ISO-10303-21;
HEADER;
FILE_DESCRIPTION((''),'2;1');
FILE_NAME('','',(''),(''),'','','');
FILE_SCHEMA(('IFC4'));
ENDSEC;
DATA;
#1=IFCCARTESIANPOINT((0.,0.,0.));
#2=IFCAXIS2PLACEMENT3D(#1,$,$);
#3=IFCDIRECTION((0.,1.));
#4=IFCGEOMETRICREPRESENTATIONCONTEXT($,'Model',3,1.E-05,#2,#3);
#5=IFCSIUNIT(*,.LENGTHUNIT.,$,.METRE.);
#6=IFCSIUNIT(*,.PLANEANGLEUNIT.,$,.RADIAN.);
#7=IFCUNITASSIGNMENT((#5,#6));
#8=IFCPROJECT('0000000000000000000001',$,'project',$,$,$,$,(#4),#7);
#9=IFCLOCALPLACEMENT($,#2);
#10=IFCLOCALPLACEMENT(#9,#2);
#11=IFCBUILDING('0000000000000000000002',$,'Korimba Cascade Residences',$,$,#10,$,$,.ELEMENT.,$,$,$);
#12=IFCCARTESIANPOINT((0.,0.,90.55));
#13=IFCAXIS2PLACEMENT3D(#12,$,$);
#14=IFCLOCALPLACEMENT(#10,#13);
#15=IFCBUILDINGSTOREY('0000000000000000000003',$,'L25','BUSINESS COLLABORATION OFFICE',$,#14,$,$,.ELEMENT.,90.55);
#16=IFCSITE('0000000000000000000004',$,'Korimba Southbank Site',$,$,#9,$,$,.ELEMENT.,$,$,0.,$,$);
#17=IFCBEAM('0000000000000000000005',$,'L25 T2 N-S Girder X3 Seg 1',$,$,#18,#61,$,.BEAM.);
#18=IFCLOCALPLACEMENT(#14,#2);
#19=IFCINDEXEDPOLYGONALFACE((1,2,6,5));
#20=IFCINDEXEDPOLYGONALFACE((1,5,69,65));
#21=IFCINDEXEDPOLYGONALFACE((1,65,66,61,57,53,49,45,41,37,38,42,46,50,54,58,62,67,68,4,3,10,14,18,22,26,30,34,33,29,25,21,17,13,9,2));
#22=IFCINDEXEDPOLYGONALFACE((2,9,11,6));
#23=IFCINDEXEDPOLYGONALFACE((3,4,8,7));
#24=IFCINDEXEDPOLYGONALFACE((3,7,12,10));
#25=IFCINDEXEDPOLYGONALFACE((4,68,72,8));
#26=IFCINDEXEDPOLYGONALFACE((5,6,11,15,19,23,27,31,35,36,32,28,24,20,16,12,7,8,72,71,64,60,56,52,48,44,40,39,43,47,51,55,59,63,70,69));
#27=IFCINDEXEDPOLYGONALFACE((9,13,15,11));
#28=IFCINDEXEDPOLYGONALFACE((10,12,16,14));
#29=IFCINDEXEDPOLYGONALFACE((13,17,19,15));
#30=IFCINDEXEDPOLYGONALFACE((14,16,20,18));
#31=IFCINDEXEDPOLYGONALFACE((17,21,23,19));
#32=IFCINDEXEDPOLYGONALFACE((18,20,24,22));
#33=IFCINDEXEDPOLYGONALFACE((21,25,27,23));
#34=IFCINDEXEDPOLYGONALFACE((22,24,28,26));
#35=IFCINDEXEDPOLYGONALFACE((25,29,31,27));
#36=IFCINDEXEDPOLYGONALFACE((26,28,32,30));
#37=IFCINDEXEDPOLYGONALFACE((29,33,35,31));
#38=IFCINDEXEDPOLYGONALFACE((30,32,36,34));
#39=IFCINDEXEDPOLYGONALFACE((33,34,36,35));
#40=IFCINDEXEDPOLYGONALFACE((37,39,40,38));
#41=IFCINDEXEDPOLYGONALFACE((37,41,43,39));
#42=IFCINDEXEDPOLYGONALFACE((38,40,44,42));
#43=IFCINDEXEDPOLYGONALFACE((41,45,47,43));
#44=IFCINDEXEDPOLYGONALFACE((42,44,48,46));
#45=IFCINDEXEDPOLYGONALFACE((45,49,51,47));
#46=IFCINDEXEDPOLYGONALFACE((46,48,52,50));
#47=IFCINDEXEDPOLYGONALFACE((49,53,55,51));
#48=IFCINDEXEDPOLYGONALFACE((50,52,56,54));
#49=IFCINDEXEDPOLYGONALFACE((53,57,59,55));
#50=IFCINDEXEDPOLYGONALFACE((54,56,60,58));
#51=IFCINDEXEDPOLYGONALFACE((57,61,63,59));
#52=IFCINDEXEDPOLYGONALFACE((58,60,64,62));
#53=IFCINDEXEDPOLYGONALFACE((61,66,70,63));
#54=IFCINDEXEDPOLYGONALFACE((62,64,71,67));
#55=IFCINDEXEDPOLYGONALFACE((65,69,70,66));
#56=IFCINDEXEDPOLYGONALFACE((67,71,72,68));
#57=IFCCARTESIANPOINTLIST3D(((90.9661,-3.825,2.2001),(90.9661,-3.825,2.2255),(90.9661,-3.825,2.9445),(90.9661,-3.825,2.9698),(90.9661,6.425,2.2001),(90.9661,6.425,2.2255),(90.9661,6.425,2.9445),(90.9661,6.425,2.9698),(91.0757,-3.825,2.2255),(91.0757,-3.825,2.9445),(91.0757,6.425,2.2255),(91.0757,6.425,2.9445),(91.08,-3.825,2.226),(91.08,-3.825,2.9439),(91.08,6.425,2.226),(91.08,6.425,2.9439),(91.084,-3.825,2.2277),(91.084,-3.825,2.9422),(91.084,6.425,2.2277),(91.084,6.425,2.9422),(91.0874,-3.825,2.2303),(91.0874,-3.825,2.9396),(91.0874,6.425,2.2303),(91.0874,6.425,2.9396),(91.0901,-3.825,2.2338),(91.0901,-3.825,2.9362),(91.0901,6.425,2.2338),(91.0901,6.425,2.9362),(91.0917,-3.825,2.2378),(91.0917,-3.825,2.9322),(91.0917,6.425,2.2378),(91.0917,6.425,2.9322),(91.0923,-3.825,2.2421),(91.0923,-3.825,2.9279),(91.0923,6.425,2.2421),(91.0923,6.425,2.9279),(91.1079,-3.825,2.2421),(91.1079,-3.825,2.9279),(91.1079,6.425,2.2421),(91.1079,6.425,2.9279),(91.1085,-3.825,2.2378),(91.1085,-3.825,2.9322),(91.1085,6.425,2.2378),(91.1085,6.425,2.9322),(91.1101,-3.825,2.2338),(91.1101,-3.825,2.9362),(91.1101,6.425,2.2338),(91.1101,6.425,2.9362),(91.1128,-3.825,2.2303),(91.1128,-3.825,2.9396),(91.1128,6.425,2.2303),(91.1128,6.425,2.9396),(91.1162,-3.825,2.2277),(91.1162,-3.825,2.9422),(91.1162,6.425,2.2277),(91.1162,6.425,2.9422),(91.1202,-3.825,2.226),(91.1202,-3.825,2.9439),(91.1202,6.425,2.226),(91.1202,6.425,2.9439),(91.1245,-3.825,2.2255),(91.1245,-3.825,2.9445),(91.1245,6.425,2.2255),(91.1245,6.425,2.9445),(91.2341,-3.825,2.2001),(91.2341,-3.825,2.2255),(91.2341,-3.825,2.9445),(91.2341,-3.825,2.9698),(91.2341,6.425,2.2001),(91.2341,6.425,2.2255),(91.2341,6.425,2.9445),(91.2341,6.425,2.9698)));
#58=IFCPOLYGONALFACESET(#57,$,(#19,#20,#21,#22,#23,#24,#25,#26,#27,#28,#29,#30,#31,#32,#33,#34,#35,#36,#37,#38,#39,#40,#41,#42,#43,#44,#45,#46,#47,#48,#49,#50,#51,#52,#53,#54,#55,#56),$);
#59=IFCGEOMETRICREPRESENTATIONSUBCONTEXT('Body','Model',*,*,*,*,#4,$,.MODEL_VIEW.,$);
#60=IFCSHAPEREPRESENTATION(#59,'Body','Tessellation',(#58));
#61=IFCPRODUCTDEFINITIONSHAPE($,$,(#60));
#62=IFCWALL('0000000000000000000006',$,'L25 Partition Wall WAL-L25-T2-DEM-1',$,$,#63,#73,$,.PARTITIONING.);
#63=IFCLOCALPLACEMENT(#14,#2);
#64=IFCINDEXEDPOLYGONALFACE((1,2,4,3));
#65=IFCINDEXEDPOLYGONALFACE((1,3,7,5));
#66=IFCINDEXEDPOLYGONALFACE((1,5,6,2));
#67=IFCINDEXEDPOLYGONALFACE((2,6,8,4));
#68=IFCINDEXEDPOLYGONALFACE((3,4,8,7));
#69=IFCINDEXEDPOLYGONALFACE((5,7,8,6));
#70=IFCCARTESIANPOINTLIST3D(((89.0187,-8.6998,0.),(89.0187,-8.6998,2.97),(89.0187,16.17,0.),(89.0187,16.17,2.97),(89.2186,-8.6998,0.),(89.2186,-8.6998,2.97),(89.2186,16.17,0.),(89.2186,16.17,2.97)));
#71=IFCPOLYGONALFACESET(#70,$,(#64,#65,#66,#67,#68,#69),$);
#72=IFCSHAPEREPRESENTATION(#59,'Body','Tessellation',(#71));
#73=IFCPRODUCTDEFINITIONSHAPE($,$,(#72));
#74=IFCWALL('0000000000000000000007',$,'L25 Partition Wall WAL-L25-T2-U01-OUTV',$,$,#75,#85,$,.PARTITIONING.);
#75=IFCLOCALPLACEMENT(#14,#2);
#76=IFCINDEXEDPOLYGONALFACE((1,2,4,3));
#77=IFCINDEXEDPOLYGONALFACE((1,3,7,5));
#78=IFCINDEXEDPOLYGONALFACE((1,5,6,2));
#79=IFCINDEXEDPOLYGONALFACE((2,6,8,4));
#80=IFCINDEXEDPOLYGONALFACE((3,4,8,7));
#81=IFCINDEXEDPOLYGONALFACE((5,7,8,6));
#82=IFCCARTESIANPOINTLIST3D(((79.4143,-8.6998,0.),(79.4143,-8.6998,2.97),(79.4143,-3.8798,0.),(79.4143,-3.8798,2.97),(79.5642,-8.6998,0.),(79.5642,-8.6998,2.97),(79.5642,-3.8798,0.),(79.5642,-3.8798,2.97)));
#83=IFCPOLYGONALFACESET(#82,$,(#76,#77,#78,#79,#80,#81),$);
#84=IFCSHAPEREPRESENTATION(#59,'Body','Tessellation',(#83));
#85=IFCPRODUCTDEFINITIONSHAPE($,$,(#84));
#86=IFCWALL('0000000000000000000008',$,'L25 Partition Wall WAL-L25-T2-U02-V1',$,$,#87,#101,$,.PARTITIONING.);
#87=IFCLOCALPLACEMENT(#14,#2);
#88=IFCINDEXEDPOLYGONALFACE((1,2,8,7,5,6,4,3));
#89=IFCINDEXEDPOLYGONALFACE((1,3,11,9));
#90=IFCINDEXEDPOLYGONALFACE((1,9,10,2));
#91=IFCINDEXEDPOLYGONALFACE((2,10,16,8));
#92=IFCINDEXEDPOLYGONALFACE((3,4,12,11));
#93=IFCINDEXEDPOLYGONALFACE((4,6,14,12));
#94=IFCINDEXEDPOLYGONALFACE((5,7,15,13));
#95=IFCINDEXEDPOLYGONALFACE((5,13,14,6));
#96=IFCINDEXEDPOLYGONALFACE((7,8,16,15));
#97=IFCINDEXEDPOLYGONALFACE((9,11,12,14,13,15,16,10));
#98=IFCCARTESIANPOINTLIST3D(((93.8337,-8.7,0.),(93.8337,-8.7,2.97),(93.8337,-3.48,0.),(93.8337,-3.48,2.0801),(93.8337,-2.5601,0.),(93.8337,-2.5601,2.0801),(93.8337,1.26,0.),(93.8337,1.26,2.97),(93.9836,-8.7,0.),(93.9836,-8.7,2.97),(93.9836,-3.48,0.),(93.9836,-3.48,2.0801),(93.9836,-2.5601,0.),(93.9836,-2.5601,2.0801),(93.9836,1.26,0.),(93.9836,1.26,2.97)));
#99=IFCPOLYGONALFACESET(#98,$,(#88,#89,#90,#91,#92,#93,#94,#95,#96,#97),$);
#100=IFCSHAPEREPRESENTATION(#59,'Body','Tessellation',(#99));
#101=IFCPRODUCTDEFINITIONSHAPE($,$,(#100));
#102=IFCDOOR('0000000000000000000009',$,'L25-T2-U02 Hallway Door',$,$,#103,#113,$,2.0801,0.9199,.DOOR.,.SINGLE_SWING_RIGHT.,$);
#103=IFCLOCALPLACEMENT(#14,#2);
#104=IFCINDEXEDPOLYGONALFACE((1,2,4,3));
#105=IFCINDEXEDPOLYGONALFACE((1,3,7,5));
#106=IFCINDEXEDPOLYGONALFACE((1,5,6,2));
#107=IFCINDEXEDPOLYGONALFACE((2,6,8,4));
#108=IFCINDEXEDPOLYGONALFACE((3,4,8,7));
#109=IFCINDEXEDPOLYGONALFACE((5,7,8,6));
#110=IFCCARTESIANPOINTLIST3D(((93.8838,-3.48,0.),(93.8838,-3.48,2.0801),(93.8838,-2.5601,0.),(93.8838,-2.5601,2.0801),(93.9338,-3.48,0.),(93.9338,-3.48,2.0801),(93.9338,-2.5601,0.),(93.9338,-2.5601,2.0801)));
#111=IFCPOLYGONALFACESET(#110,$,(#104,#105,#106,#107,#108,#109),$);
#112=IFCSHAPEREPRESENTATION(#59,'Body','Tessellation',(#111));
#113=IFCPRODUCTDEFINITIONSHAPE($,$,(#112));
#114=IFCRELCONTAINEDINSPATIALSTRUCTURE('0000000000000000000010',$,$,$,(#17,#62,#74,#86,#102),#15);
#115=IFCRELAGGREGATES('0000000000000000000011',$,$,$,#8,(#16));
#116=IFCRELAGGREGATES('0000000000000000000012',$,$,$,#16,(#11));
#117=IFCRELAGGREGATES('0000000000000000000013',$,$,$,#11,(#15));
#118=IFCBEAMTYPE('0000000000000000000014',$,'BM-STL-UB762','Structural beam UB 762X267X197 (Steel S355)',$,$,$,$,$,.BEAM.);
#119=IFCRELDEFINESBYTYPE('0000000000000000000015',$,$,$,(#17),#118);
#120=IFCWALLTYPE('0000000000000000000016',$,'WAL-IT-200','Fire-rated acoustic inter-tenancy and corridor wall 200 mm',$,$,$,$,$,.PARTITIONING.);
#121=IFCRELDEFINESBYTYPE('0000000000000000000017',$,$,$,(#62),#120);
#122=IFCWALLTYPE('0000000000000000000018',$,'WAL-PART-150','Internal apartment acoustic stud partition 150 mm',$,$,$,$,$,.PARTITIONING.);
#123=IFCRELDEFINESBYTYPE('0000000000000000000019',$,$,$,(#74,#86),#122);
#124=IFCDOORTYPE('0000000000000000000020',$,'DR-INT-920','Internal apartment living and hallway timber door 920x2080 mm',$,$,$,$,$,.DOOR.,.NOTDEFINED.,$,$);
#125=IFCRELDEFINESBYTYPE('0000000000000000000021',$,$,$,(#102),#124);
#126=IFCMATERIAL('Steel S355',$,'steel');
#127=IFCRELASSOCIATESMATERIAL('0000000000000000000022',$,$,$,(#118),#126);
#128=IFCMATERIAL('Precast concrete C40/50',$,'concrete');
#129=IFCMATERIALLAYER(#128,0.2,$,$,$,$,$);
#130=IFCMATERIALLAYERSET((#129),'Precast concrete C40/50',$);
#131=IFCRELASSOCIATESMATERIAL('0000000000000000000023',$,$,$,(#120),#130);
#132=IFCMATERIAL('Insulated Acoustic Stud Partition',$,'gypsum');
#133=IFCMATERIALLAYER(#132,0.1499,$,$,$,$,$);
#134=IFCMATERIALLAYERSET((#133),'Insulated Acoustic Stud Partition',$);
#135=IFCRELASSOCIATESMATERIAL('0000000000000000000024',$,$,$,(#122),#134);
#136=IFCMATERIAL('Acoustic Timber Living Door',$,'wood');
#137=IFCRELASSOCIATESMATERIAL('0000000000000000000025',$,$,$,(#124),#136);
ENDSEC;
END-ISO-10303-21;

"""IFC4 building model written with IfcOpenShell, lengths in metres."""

from ifc_helpers import new_model, si_unit, direction, frame, frame_2d, origin, origin_2d, place, context, subcontext, project, spatial, rectangle, i_section, extrude, material, layer, layer_set, material_profile, profile_set, type_object, element, fill, save


model = new_model("IFC4")

# Units and contexts
model_context = context("Model", 3, precision=1e-05, world=origin(), true_north=direction((0.0, 1.0)))
body_context = subcontext(model_context, "Body", "Model", "MODEL_VIEW")
ifc_project = project(units=[si_unit("LENGTHUNIT", "METRE"), si_unit("PLANEANGLEUNIT", "RADIAN")], contexts=[model_context])

# Site, building, storey
site_placement = place(None, origin())
site = spatial("IfcSite", under=ifc_project, at=site_placement, Name="Korimba Southbank Site", CompositionType="ELEMENT", RefElevation=0.0)
building_placement = place(site_placement, origin())
building = spatial("IfcBuilding", under=site, at=building_placement, Name="Korimba Cascade Residences", CompositionType="ELEMENT")
storey_placement = place(building_placement, frame((0.0, 0.0, 90.55)))
storey = spatial("IfcBuildingStorey", under=building, at=storey_placement, Name="L25", Description="BUSINESS COLLABORATION OFFICE", CompositionType="ELEMENT", Elevation=90.55)

# Beam
ifc_material_1 = material(Name="Steel S355", Category="steel")
ifc_material_profile_1 = material_profile(ifc_material_1, i_section(OverallWidth=0.2681, OverallDepth=0.7698, WebThickness=0.0156, FlangeThickness=0.0254, FilletRadius=0.0166, at=origin_2d()), Name="Steel S355")
ifc_profile_set_1 = profile_set([ifc_material_profile_1], Name="Steel S355")
beam_type_1 = type_object("IfcBeamType", Name="BM-STL-UB762", Description="Structural beam UB 762X267X197 (Steel S355)", PredefinedType="BEAM", material=ifc_profile_set_1)
for number, where, z_axis, x_axis, name in (
    (1, (91.1001, -3.825, 2.585), (0.0, 1.0, 0.0), (-1.0, 0.0, 0.0), "L25 T2 N-S Girder X3 Seg 1"),
):
    element("IfcBeam", number, at=place(storey_placement, frame(where, z_axis=z_axis, x_axis=x_axis)), inside=storey, type_object=beam_type_1, Name=name, PredefinedType="BEAM", context=body_context, shape_type="SweptSolid", body=[
        extrude(i_section(OverallWidth=0.2681, OverallDepth=0.7698, WebThickness=0.0156, FlangeThickness=0.0254, FilletRadius=0.0166, at=origin_2d()), origin(), (0.0, 0.0, 1.0), 10.25),
    ])

# Walls
ifc_material_2 = material(Name="Precast concrete C40/50", Category="concrete")
ifc_layer_1 = layer(ifc_material_2, 0.2)
ifc_layer_set_1 = layer_set([ifc_layer_1], Name="Precast concrete C40/50")
wall_type_1 = type_object("IfcWallType", Name="WAL-IT-200", Description="Fire-rated acoustic inter-tenancy and corridor wall 200 mm", PredefinedType="PARTITIONING", material=ifc_layer_set_1)
wall_1_placement = place(storey_placement, frame((89.1187, -8.7, 0.0), z_axis=(0.0, 0.0, 1.0), x_axis=(0.0, 1.0, 0.0)))
element("IfcWall", 2, at=wall_1_placement, inside=storey, type_object=wall_type_1, Name="L25 Partition Wall WAL-L25-T2-DEM-1", PredefinedType="PARTITIONING", context=body_context, shape_type="SweptSolid", body=[
    extrude(rectangle(XDim=24.8699, YDim=0.2, at=frame_2d((12.4351, 0.0))), origin(), (0.0, 0.0, 1.0), 2.97),
])
ifc_material_3 = material(Name="Insulated Acoustic Stud Partition", Category="gypsum")
ifc_layer_2 = layer(ifc_material_3, 0.1499)
ifc_layer_set_2 = layer_set([ifc_layer_2], Name="Insulated Acoustic Stud Partition")
wall_type_2 = type_object("IfcWallType", Name="WAL-PART-150", Description="Internal apartment acoustic stud partition 150 mm", PredefinedType="PARTITIONING", material=ifc_layer_set_2)
wall_2_placement = place(storey_placement, frame((79.4893, -8.7, 0.0), z_axis=(0.0, 0.0, 1.0), x_axis=(0.0, 1.0, 0.0)))
element("IfcWall", 3, at=wall_2_placement, inside=storey, type_object=wall_type_2, Name="L25 Partition Wall WAL-L25-T2-U01-OUTV", PredefinedType="PARTITIONING", context=body_context, shape_type="SweptSolid", body=[
    extrude(rectangle(XDim=4.8201, YDim=0.1499, at=frame_2d((2.4102, 0.0))), origin(), (0.0, 0.0, 1.0), 2.97),
])

# Wall, opening, door
wall_3_placement = place(storey_placement, frame((93.9087, -8.7, 0.0), z_axis=(0.0, 0.0, 1.0), x_axis=(0.0, 1.0, 0.0)))
wall_3 = element("IfcWall", 4, at=wall_3_placement, inside=storey, type_object=wall_type_2, Name="L25 Partition Wall WAL-L25-T2-U02-V1", PredefinedType="PARTITIONING", context=body_context, shape_type="SweptSolid", body=[
    extrude(rectangle(XDim=9.96, YDim=0.1499, at=frame_2d((4.98, 0.0))), origin(), (0.0, 0.0, 1.0), 2.97),
])
opening_1_placement = place(wall_3_placement, frame((5.22, 0.0, 0.0)))
opening_1 = element("IfcOpeningElement", 5, at=opening_1_placement, cuts=wall_3, PredefinedType="OPENING", context=body_context, shape_type="SweptSolid", body=[
    extrude(rectangle(XDim=0.9199, YDim=2.0801, at=frame_2d((0.46, 1.04))), frame((0.0, 0.085, 0.0), z_axis=(0.0, -1.0, 0.0), x_axis=(1.0, 0.0, 0.0)), (0.0, 0.0, 1.0), 0.1699),
])
ifc_material_4 = material(Name="Acoustic Timber Living Door", Category="wood")
door_type_1 = type_object("IfcDoorType", Name="DR-INT-920", Description="Internal apartment living and hallway timber door 920x2080 mm", OperationType="NOTDEFINED", PredefinedType="DOOR", material=ifc_material_4)
door_1_placement = place(opening_1_placement, origin())
door_1 = element("IfcDoor", 6, at=door_1_placement, inside=storey, type_object=door_type_1, Name="L25-T2-U02 Hallway Door", OperationType="SINGLE_SWING_RIGHT", OverallHeight=2.0801, OverallWidth=0.9199, PredefinedType="DOOR", context=body_context, shape_type="SweptSolid", body=[
    extrude(rectangle(XDim=0.9199, YDim=2.0801, at=frame_2d((0.46, 1.04))), frame((0.0, 0.0249, 0.0), z_axis=(0.0, -1.0, 0.0), x_axis=(1.0, 0.0, 0.0)), (0.0, 0.0, 1.0), 0.05),
])
fill(opening_1, door_1)

save(model, "model.ifc")
